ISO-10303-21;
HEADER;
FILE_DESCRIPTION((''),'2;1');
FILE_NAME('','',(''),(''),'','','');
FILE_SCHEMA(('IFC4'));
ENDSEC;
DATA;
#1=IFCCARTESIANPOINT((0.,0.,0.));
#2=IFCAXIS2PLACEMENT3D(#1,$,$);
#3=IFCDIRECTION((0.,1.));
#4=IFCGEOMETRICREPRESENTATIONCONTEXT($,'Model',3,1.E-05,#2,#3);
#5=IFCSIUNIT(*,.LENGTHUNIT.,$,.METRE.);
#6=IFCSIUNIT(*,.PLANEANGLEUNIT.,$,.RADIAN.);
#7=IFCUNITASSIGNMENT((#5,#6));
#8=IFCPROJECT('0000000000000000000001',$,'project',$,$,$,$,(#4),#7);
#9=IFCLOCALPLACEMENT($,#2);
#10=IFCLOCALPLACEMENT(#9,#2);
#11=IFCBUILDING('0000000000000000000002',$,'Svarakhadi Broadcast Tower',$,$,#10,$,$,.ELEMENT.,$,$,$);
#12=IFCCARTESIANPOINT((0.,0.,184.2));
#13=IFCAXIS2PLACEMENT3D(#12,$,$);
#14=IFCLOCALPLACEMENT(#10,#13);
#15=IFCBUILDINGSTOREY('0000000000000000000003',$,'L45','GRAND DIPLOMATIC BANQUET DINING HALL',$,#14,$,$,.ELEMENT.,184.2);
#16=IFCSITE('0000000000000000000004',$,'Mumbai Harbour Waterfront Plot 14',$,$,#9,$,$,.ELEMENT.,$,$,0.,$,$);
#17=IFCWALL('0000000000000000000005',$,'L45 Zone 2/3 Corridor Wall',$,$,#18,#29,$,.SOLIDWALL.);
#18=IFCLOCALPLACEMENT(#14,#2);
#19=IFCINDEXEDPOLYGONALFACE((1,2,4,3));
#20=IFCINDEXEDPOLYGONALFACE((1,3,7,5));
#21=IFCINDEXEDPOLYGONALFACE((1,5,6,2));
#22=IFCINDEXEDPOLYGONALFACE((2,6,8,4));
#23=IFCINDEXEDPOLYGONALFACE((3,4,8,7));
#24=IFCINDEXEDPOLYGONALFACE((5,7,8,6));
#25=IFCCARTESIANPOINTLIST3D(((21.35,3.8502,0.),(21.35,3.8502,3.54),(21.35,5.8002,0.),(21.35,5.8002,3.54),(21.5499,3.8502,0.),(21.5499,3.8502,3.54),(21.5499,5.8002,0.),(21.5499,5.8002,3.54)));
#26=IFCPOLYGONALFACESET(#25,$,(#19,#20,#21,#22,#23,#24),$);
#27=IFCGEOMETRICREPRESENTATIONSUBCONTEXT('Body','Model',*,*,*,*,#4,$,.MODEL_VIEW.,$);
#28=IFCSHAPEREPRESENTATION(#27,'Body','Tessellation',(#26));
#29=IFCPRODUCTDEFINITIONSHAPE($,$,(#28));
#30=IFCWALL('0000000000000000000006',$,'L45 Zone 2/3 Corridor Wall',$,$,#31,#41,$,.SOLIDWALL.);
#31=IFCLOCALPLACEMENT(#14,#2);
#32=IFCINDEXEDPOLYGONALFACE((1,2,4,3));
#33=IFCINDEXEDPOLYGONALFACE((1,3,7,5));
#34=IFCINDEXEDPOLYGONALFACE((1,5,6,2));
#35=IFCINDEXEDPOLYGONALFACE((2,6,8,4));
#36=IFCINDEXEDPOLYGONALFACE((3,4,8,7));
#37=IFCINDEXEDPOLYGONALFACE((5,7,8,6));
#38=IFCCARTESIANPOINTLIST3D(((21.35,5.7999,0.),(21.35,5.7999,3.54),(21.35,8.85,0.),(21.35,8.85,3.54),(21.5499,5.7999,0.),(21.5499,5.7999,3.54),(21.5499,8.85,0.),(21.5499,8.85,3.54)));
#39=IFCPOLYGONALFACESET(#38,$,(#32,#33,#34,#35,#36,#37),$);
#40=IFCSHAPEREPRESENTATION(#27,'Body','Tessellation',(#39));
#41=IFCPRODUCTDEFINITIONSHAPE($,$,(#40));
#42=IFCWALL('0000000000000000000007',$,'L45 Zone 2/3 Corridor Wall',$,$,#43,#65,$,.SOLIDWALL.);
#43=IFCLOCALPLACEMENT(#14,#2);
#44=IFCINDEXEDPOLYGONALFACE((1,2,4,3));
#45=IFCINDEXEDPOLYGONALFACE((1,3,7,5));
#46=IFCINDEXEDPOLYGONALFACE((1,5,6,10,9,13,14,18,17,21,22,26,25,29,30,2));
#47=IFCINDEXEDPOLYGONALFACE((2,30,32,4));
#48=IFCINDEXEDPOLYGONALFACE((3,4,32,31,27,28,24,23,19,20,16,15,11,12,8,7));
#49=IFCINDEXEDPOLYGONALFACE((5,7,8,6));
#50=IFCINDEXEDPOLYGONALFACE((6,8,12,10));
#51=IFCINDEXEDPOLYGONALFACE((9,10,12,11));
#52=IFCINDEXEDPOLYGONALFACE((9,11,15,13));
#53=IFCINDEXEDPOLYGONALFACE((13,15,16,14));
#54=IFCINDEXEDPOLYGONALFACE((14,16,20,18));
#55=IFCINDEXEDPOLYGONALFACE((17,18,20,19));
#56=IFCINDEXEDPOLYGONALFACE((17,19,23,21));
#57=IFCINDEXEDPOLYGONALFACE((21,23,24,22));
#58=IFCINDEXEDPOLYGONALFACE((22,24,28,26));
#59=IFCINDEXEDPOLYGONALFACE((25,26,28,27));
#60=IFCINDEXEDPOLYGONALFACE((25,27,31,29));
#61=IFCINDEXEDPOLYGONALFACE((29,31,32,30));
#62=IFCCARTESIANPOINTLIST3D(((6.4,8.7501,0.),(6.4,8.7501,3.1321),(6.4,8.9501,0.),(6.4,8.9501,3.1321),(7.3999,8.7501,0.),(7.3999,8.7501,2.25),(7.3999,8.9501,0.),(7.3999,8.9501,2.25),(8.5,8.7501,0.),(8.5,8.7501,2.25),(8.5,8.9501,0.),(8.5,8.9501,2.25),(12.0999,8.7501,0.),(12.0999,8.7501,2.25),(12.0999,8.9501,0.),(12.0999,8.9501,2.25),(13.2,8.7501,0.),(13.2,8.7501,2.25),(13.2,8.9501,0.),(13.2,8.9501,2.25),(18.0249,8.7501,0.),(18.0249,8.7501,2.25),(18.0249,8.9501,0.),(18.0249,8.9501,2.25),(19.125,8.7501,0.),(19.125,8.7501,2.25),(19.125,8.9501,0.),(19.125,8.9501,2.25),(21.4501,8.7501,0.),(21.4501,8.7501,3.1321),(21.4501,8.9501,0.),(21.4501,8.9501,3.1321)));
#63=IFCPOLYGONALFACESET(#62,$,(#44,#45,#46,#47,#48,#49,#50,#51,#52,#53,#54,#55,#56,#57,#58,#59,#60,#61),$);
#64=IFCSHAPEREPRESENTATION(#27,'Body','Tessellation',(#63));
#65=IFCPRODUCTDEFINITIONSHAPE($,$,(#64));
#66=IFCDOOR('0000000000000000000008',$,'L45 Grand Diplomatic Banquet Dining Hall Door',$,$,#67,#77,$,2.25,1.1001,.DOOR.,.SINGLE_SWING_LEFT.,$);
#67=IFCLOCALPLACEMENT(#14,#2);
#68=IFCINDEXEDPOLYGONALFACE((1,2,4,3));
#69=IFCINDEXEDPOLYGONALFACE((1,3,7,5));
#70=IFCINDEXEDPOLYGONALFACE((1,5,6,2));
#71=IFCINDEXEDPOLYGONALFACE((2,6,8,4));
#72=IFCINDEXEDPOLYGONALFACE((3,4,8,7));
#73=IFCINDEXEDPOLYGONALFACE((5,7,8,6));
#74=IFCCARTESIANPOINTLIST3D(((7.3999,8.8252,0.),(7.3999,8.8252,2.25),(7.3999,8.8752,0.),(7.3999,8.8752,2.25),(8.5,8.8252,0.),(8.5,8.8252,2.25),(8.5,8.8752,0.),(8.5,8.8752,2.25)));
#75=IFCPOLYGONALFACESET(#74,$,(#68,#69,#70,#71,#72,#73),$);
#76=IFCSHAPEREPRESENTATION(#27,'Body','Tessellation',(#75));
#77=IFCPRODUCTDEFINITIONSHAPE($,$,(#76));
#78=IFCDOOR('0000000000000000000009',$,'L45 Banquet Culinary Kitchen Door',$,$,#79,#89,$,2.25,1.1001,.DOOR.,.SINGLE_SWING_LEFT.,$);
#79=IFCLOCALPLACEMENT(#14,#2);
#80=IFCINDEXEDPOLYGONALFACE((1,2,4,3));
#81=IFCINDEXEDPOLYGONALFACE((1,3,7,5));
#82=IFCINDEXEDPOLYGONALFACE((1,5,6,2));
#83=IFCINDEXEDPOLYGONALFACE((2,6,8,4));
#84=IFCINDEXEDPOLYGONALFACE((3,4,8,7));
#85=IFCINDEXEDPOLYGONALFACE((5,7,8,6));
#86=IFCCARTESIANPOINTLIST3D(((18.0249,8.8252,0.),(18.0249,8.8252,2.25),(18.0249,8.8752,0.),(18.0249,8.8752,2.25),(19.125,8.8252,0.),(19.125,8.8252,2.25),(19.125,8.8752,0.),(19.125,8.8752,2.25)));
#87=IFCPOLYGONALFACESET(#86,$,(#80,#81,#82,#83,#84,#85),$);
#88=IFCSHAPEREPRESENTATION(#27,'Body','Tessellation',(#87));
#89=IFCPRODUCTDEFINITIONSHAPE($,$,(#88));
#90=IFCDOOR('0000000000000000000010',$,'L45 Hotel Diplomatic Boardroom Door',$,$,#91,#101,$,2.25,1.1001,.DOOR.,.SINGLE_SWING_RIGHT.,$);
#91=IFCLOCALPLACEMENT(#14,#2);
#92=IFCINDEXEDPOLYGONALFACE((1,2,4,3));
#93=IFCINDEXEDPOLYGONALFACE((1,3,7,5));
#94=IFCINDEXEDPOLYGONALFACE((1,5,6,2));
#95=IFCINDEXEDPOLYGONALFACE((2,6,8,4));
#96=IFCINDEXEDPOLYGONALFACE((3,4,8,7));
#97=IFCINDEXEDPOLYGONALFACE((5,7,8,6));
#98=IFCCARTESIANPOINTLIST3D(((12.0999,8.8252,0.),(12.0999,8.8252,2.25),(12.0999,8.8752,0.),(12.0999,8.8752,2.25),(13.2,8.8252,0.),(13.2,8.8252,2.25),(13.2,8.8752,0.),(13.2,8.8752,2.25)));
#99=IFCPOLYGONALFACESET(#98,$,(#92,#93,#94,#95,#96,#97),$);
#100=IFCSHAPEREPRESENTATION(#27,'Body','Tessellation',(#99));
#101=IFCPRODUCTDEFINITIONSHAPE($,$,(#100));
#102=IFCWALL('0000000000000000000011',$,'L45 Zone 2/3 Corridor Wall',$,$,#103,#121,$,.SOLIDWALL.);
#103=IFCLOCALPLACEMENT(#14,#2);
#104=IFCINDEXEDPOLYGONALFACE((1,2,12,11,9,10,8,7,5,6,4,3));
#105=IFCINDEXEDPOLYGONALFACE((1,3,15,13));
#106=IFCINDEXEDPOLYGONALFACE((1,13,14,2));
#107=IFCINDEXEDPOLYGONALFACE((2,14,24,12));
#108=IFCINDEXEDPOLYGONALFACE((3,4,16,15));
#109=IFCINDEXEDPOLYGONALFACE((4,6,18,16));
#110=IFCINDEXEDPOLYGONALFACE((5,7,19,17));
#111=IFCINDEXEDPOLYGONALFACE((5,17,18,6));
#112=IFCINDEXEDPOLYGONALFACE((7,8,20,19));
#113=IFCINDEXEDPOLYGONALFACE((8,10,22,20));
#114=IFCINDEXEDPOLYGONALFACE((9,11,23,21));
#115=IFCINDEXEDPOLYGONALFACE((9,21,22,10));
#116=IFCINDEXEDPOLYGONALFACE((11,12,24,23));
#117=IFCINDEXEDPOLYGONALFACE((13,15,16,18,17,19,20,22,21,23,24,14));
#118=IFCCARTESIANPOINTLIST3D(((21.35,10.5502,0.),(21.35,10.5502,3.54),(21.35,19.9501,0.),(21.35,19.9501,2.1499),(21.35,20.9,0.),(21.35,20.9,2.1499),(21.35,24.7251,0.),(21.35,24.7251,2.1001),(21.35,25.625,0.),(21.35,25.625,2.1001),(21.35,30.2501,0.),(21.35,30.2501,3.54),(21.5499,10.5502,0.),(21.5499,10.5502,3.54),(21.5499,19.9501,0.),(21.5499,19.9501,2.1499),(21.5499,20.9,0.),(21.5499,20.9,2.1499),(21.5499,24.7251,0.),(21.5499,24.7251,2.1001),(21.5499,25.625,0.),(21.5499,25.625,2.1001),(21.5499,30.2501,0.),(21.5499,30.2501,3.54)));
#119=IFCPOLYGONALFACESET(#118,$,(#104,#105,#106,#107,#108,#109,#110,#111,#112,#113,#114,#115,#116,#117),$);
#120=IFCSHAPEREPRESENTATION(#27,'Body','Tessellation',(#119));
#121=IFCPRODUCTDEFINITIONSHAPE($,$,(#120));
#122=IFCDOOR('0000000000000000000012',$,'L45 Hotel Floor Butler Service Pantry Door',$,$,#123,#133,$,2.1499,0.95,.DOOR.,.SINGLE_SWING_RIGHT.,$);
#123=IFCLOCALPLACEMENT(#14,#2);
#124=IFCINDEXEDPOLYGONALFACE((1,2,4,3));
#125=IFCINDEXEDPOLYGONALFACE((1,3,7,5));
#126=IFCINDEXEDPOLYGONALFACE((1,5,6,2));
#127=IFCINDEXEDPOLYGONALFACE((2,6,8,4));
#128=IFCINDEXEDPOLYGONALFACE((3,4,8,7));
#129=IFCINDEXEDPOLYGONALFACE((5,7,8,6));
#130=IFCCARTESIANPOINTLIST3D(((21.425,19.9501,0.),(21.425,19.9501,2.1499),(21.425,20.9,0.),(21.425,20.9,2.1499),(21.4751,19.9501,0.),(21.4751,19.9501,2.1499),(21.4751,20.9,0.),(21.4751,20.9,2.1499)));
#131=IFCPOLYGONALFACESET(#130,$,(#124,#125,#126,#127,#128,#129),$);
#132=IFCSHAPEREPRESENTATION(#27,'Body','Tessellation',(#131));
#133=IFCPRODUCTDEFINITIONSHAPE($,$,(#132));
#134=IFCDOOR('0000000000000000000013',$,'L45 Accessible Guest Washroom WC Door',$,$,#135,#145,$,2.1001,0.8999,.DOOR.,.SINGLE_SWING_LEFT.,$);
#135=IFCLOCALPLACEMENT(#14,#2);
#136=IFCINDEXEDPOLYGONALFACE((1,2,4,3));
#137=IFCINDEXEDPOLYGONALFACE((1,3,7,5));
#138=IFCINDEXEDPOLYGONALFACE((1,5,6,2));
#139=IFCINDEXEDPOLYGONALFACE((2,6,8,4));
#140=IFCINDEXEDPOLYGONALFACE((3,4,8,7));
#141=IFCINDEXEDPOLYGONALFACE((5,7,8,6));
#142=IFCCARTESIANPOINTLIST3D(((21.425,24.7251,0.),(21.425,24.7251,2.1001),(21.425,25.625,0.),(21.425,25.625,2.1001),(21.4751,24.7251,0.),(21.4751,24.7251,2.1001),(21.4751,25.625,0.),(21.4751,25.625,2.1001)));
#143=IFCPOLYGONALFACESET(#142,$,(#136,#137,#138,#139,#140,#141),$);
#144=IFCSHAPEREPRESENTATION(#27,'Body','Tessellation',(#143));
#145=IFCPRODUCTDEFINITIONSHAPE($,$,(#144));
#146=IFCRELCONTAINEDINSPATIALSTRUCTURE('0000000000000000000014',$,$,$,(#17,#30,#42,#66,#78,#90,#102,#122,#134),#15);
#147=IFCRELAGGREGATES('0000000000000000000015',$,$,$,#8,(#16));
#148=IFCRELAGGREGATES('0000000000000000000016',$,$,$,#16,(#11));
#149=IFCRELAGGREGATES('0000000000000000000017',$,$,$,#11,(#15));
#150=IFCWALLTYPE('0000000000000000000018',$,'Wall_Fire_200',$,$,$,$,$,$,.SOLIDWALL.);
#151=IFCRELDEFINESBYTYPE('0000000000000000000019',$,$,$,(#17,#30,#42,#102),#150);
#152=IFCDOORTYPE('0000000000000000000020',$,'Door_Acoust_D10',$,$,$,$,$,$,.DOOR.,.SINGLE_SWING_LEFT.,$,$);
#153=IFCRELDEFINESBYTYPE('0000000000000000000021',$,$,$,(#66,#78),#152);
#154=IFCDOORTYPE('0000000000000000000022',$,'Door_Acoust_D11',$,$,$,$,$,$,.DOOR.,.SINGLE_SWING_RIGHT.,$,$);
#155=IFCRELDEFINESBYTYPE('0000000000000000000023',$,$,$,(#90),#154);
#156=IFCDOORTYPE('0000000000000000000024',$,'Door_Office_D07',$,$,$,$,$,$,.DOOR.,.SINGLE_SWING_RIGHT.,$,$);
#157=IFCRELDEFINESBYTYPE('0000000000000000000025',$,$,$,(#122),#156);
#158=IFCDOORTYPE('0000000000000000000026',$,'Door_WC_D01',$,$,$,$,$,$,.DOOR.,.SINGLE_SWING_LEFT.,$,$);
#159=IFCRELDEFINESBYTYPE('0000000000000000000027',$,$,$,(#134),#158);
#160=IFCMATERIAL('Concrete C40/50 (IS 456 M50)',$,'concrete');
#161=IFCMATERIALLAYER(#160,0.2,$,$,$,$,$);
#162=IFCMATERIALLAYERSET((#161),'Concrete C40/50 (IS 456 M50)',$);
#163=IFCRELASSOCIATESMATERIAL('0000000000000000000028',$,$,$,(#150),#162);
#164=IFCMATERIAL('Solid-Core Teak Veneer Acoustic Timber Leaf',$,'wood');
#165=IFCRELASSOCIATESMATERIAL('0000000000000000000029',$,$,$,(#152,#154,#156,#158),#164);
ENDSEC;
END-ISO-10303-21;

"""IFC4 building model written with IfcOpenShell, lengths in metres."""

from ifc_helpers import new_model, si_unit, direction, frame, frame_2d, origin, place, context, subcontext, project, spatial, rectangle, extrude, material, layer, layer_set, type_object, element, fill, save


model = new_model("IFC4")

# Units and contexts
model_context = context("Model", 3, precision=1e-05, world=origin(), true_north=direction((0.0, 1.0)))
body_context = subcontext(model_context, "Body", "Model", "MODEL_VIEW")
ifc_project = project(units=[si_unit("LENGTHUNIT", "METRE"), si_unit("PLANEANGLEUNIT", "RADIAN")], contexts=[model_context])

# Site, building, storey
site_placement = place(None, origin())
site = spatial("IfcSite", under=ifc_project, at=site_placement, Name="Mumbai Harbour Waterfront Plot 14", CompositionType="ELEMENT", RefElevation=0.0)
building_placement = place(site_placement, origin())
building = spatial("IfcBuilding", under=site, at=building_placement, Name="Svarakhadi Broadcast Tower", CompositionType="ELEMENT")
storey_placement = place(building_placement, frame((0.0, 0.0, 184.2)))
storey = spatial("IfcBuildingStorey", under=building, at=storey_placement, Name="L45", Description="GRAND DIPLOMATIC BANQUET DINING HALL", CompositionType="ELEMENT", Elevation=184.2)

# Walls
ifc_material_1 = material(Name="Concrete C40/50 (IS 456 M50)", Category="concrete")
ifc_layer = layer(ifc_material_1, 0.2)
ifc_layer_set = layer_set([ifc_layer], Name="Concrete C40/50 (IS 456 M50)")
wall_type = type_object("IfcWallType", Name="Wall_Fire_200", PredefinedType="SOLIDWALL", material=ifc_layer_set)
wall_1_placement = place(storey_placement, frame((21.45, 3.8501, 0.0), z_axis=(0.0, 0.0, 1.0), x_axis=(0.0, 1.0, 0.0)))
element("IfcWall", 1, at=wall_1_placement, inside=storey, type_object=wall_type, Name="L45 Zone 2/3 Corridor Wall", PredefinedType="SOLIDWALL", context=body_context, shape_type="SweptSolid", body=[
    extrude(rectangle(XDim=1.95, YDim=0.2, at=frame_2d((0.9751, 0.0))), origin(), (0.0, 0.0, 1.0), 3.54),
])
wall_2_placement = place(storey_placement, frame((21.45, 5.8, 0.0), z_axis=(0.0, 0.0, 1.0), x_axis=(0.0, 1.0, 0.0)))
element("IfcWall", 2, at=wall_2_placement, inside=storey, type_object=wall_type, Name="L45 Zone 2/3 Corridor Wall", PredefinedType="SOLIDWALL", context=body_context, shape_type="SweptSolid", body=[
    extrude(rectangle(XDim=3.05, YDim=0.2, at=frame_2d((1.5249, 0.0))), origin(), (0.0, 0.0, 1.0), 3.54),
])

# Walls, openings, doors
wall_3_placement = place(storey_placement, frame((21.45, 8.8501, 0.0), z_axis=(0.0, 0.0, 1.0), x_axis=(-1.0, 0.0, 0.0)))
wall_3 = element("IfcWall", 3, at=wall_3_placement, inside=storey, type_object=wall_type, Name="L45 Zone 2/3 Corridor Wall", PredefinedType="SOLIDWALL", context=body_context, shape_type="SweptSolid", body=[
    extrude(rectangle(XDim=15.05, YDim=0.2, at=frame_2d((7.5249, 0.0))), origin(), (0.0, 0.0, 1.0), 3.1321),
])
opening_1_placement = place(wall_3_placement, frame((12.95, 0.0, 0.0)))
opening_1 = element("IfcOpeningElement", 4, at=opening_1_placement, cuts=wall_3, PredefinedType="OPENING", context=body_context, shape_type="SweptSolid", body=[
    extrude(rectangle(XDim=1.1001, YDim=2.25, at=frame_2d((0.55, 1.125))), frame((0.0, 0.1099, 0.0), z_axis=(0.0, -1.0, 0.0), x_axis=(1.0, 0.0, 0.0)), (0.0, 0.0, 1.0), 0.22),
])
opening_2_placement = place(wall_3_placement, frame((8.25, 0.0, 0.0)))
opening_2 = element("IfcOpeningElement", 5, at=opening_2_placement, cuts=wall_3, PredefinedType="OPENING", context=body_context, shape_type="SweptSolid", body=[
    extrude(rectangle(XDim=1.1001, YDim=2.25, at=frame_2d((0.55, 1.125))), frame((0.0, 0.1099, 0.0), z_axis=(0.0, -1.0, 0.0), x_axis=(1.0, 0.0, 0.0)), (0.0, 0.0, 1.0), 0.22),
])
opening_3_placement = place(wall_3_placement, frame((2.325, 0.0, 0.0)))
opening_3 = element("IfcOpeningElement", 6, at=opening_3_placement, cuts=wall_3, PredefinedType="OPENING", context=body_context, shape_type="SweptSolid", body=[
    extrude(rectangle(XDim=1.1001, YDim=2.25, at=frame_2d((0.55, 1.125))), frame((0.0, 0.1099, 0.0), z_axis=(0.0, -1.0, 0.0), x_axis=(1.0, 0.0, 0.0)), (0.0, 0.0, 1.0), 0.22),
])
ifc_material_2 = material(Name="Solid-Core Teak Veneer Acoustic Timber Leaf", Category="wood")
door_type_1 = type_object("IfcDoorType", Name="Door_Acoust_D10", OperationType="SINGLE_SWING_LEFT", PredefinedType="DOOR", material=ifc_material_2)
door_1_placement = place(opening_1_placement, origin())
door_1 = element("IfcDoor", 7, at=door_1_placement, inside=storey, type_object=door_type_1, Name="L45 Grand Diplomatic Banquet Dining Hall Door", OperationType="SINGLE_SWING_LEFT", OverallHeight=2.25, OverallWidth=1.1001, PredefinedType="DOOR", context=body_context, shape_type="SweptSolid", body=[
    extrude(rectangle(XDim=1.1001, YDim=2.25, at=frame_2d((0.55, 1.125))), frame((0.0, 0.0249, 0.0), z_axis=(0.0, -1.0, 0.0), x_axis=(1.0, 0.0, 0.0)), (0.0, 0.0, 1.0), 0.05),
])
fill(opening_1, door_1)
door_2_placement = place(opening_3_placement, origin())
door_2 = element("IfcDoor", 8, at=door_2_placement, inside=storey, type_object=door_type_1, Name="L45 Banquet Culinary Kitchen Door", OperationType="SINGLE_SWING_LEFT", OverallHeight=2.25, OverallWidth=1.1001, PredefinedType="DOOR", context=body_context, shape_type="SweptSolid", body=[
    extrude(rectangle(XDim=1.1001, YDim=2.25, at=frame_2d((0.55, 1.125))), frame((0.0, 0.0249, 0.0), z_axis=(0.0, -1.0, 0.0), x_axis=(1.0, 0.0, 0.0)), (0.0, 0.0, 1.0), 0.05),
])
fill(opening_3, door_2)
door_type_2 = type_object("IfcDoorType", Name="Door_Acoust_D11", OperationType="SINGLE_SWING_RIGHT", PredefinedType="DOOR", material=ifc_material_2)
door_3_placement = place(opening_2_placement, origin())
door_3 = element("IfcDoor", 9, at=door_3_placement, inside=storey, type_object=door_type_2, Name="L45 Hotel Diplomatic Boardroom Door", OperationType="SINGLE_SWING_RIGHT", OverallHeight=2.25, OverallWidth=1.1001, PredefinedType="DOOR", context=body_context, shape_type="SweptSolid", body=[
    extrude(rectangle(XDim=1.1001, YDim=2.25, at=frame_2d((0.55, 1.125))), frame((0.0, 0.0249, 0.0), z_axis=(0.0, -1.0, 0.0), x_axis=(1.0, 0.0, 0.0)), (0.0, 0.0, 1.0), 0.05),
])
fill(opening_2, door_3)
wall_4_placement = place(storey_placement, frame((21.45, 10.55, 0.0), z_axis=(0.0, 0.0, 1.0), x_axis=(0.0, 1.0, 0.0)))
wall_4 = element("IfcWall", 10, at=wall_4_placement, inside=storey, type_object=wall_type, Name="L45 Zone 2/3 Corridor Wall", PredefinedType="SOLIDWALL", context=body_context, shape_type="SweptSolid", body=[
    extrude(rectangle(XDim=19.7, YDim=0.2, at=frame_2d((9.8501, 0.0))), origin(), (0.0, 0.0, 1.0), 3.54),
])
opening_4_placement = place(wall_4_placement, frame((9.3999, 0.0, 0.0)))
opening_4 = element("IfcOpeningElement", 11, at=opening_4_placement, cuts=wall_4, PredefinedType="OPENING", context=body_context, shape_type="SweptSolid", body=[
    extrude(rectangle(XDim=0.95, YDim=2.1499, at=frame_2d((0.4751, 1.075))), frame((0.0, 0.1099, 0.0), z_axis=(0.0, -1.0, 0.0), x_axis=(1.0, 0.0, 0.0)), (0.0, 0.0, 1.0), 0.22),
])
opening_5_placement = place(wall_4_placement, frame((14.175, 0.0, 0.0)))
opening_5 = element("IfcOpeningElement", 12, at=opening_5_placement, cuts=wall_4, PredefinedType="OPENING", context=body_context, shape_type="SweptSolid", body=[
    extrude(rectangle(XDim=0.8999, YDim=2.1001, at=frame_2d((0.45, 1.05))), frame((0.0, 0.1099, 0.0), z_axis=(0.0, -1.0, 0.0), x_axis=(1.0, 0.0, 0.0)), (0.0, 0.0, 1.0), 0.22),
])
door_type_3 = type_object("IfcDoorType", Name="Door_Office_D07", OperationType="SINGLE_SWING_RIGHT", PredefinedType="DOOR", material=ifc_material_2)
door_4_placement = place(opening_4_placement, origin())
door_4 = element("IfcDoor", 13, at=door_4_placement, inside=storey, type_object=door_type_3, Name="L45 Hotel Floor Butler Service Pantry Door", OperationType="SINGLE_SWING_RIGHT", OverallHeight=2.1499, OverallWidth=0.95, PredefinedType="DOOR", context=body_context, shape_type="SweptSolid", body=[
    extrude(rectangle(XDim=0.95, YDim=2.1499, at=frame_2d((0.4751, 1.075))), frame((0.0, 0.0249, 0.0), z_axis=(0.0, -1.0, 0.0), x_axis=(1.0, 0.0, 0.0)), (0.0, 0.0, 1.0), 0.05),
])
fill(opening_4, door_4)
door_type_4 = type_object("IfcDoorType", Name="Door_WC_D01", OperationType="SINGLE_SWING_LEFT", PredefinedType="DOOR", material=ifc_material_2)
door_5_placement = place(opening_5_placement, origin())
door_5 = element("IfcDoor", 14, at=door_5_placement, inside=storey, type_object=door_type_4, Name="L45 Accessible Guest Washroom WC Door", OperationType="SINGLE_SWING_LEFT", OverallHeight=2.1001, OverallWidth=0.8999, PredefinedType="DOOR", context=body_context, shape_type="SweptSolid", body=[
    extrude(rectangle(XDim=0.8999, YDim=2.1001, at=frame_2d((0.45, 1.05))), frame((0.0, 0.0249, 0.0), z_axis=(0.0, -1.0, 0.0), x_axis=(1.0, 0.0, 0.0)), (0.0, 0.0, 1.0), 0.05),
])
fill(opening_5, door_5)

save(model, "model.ifc")
